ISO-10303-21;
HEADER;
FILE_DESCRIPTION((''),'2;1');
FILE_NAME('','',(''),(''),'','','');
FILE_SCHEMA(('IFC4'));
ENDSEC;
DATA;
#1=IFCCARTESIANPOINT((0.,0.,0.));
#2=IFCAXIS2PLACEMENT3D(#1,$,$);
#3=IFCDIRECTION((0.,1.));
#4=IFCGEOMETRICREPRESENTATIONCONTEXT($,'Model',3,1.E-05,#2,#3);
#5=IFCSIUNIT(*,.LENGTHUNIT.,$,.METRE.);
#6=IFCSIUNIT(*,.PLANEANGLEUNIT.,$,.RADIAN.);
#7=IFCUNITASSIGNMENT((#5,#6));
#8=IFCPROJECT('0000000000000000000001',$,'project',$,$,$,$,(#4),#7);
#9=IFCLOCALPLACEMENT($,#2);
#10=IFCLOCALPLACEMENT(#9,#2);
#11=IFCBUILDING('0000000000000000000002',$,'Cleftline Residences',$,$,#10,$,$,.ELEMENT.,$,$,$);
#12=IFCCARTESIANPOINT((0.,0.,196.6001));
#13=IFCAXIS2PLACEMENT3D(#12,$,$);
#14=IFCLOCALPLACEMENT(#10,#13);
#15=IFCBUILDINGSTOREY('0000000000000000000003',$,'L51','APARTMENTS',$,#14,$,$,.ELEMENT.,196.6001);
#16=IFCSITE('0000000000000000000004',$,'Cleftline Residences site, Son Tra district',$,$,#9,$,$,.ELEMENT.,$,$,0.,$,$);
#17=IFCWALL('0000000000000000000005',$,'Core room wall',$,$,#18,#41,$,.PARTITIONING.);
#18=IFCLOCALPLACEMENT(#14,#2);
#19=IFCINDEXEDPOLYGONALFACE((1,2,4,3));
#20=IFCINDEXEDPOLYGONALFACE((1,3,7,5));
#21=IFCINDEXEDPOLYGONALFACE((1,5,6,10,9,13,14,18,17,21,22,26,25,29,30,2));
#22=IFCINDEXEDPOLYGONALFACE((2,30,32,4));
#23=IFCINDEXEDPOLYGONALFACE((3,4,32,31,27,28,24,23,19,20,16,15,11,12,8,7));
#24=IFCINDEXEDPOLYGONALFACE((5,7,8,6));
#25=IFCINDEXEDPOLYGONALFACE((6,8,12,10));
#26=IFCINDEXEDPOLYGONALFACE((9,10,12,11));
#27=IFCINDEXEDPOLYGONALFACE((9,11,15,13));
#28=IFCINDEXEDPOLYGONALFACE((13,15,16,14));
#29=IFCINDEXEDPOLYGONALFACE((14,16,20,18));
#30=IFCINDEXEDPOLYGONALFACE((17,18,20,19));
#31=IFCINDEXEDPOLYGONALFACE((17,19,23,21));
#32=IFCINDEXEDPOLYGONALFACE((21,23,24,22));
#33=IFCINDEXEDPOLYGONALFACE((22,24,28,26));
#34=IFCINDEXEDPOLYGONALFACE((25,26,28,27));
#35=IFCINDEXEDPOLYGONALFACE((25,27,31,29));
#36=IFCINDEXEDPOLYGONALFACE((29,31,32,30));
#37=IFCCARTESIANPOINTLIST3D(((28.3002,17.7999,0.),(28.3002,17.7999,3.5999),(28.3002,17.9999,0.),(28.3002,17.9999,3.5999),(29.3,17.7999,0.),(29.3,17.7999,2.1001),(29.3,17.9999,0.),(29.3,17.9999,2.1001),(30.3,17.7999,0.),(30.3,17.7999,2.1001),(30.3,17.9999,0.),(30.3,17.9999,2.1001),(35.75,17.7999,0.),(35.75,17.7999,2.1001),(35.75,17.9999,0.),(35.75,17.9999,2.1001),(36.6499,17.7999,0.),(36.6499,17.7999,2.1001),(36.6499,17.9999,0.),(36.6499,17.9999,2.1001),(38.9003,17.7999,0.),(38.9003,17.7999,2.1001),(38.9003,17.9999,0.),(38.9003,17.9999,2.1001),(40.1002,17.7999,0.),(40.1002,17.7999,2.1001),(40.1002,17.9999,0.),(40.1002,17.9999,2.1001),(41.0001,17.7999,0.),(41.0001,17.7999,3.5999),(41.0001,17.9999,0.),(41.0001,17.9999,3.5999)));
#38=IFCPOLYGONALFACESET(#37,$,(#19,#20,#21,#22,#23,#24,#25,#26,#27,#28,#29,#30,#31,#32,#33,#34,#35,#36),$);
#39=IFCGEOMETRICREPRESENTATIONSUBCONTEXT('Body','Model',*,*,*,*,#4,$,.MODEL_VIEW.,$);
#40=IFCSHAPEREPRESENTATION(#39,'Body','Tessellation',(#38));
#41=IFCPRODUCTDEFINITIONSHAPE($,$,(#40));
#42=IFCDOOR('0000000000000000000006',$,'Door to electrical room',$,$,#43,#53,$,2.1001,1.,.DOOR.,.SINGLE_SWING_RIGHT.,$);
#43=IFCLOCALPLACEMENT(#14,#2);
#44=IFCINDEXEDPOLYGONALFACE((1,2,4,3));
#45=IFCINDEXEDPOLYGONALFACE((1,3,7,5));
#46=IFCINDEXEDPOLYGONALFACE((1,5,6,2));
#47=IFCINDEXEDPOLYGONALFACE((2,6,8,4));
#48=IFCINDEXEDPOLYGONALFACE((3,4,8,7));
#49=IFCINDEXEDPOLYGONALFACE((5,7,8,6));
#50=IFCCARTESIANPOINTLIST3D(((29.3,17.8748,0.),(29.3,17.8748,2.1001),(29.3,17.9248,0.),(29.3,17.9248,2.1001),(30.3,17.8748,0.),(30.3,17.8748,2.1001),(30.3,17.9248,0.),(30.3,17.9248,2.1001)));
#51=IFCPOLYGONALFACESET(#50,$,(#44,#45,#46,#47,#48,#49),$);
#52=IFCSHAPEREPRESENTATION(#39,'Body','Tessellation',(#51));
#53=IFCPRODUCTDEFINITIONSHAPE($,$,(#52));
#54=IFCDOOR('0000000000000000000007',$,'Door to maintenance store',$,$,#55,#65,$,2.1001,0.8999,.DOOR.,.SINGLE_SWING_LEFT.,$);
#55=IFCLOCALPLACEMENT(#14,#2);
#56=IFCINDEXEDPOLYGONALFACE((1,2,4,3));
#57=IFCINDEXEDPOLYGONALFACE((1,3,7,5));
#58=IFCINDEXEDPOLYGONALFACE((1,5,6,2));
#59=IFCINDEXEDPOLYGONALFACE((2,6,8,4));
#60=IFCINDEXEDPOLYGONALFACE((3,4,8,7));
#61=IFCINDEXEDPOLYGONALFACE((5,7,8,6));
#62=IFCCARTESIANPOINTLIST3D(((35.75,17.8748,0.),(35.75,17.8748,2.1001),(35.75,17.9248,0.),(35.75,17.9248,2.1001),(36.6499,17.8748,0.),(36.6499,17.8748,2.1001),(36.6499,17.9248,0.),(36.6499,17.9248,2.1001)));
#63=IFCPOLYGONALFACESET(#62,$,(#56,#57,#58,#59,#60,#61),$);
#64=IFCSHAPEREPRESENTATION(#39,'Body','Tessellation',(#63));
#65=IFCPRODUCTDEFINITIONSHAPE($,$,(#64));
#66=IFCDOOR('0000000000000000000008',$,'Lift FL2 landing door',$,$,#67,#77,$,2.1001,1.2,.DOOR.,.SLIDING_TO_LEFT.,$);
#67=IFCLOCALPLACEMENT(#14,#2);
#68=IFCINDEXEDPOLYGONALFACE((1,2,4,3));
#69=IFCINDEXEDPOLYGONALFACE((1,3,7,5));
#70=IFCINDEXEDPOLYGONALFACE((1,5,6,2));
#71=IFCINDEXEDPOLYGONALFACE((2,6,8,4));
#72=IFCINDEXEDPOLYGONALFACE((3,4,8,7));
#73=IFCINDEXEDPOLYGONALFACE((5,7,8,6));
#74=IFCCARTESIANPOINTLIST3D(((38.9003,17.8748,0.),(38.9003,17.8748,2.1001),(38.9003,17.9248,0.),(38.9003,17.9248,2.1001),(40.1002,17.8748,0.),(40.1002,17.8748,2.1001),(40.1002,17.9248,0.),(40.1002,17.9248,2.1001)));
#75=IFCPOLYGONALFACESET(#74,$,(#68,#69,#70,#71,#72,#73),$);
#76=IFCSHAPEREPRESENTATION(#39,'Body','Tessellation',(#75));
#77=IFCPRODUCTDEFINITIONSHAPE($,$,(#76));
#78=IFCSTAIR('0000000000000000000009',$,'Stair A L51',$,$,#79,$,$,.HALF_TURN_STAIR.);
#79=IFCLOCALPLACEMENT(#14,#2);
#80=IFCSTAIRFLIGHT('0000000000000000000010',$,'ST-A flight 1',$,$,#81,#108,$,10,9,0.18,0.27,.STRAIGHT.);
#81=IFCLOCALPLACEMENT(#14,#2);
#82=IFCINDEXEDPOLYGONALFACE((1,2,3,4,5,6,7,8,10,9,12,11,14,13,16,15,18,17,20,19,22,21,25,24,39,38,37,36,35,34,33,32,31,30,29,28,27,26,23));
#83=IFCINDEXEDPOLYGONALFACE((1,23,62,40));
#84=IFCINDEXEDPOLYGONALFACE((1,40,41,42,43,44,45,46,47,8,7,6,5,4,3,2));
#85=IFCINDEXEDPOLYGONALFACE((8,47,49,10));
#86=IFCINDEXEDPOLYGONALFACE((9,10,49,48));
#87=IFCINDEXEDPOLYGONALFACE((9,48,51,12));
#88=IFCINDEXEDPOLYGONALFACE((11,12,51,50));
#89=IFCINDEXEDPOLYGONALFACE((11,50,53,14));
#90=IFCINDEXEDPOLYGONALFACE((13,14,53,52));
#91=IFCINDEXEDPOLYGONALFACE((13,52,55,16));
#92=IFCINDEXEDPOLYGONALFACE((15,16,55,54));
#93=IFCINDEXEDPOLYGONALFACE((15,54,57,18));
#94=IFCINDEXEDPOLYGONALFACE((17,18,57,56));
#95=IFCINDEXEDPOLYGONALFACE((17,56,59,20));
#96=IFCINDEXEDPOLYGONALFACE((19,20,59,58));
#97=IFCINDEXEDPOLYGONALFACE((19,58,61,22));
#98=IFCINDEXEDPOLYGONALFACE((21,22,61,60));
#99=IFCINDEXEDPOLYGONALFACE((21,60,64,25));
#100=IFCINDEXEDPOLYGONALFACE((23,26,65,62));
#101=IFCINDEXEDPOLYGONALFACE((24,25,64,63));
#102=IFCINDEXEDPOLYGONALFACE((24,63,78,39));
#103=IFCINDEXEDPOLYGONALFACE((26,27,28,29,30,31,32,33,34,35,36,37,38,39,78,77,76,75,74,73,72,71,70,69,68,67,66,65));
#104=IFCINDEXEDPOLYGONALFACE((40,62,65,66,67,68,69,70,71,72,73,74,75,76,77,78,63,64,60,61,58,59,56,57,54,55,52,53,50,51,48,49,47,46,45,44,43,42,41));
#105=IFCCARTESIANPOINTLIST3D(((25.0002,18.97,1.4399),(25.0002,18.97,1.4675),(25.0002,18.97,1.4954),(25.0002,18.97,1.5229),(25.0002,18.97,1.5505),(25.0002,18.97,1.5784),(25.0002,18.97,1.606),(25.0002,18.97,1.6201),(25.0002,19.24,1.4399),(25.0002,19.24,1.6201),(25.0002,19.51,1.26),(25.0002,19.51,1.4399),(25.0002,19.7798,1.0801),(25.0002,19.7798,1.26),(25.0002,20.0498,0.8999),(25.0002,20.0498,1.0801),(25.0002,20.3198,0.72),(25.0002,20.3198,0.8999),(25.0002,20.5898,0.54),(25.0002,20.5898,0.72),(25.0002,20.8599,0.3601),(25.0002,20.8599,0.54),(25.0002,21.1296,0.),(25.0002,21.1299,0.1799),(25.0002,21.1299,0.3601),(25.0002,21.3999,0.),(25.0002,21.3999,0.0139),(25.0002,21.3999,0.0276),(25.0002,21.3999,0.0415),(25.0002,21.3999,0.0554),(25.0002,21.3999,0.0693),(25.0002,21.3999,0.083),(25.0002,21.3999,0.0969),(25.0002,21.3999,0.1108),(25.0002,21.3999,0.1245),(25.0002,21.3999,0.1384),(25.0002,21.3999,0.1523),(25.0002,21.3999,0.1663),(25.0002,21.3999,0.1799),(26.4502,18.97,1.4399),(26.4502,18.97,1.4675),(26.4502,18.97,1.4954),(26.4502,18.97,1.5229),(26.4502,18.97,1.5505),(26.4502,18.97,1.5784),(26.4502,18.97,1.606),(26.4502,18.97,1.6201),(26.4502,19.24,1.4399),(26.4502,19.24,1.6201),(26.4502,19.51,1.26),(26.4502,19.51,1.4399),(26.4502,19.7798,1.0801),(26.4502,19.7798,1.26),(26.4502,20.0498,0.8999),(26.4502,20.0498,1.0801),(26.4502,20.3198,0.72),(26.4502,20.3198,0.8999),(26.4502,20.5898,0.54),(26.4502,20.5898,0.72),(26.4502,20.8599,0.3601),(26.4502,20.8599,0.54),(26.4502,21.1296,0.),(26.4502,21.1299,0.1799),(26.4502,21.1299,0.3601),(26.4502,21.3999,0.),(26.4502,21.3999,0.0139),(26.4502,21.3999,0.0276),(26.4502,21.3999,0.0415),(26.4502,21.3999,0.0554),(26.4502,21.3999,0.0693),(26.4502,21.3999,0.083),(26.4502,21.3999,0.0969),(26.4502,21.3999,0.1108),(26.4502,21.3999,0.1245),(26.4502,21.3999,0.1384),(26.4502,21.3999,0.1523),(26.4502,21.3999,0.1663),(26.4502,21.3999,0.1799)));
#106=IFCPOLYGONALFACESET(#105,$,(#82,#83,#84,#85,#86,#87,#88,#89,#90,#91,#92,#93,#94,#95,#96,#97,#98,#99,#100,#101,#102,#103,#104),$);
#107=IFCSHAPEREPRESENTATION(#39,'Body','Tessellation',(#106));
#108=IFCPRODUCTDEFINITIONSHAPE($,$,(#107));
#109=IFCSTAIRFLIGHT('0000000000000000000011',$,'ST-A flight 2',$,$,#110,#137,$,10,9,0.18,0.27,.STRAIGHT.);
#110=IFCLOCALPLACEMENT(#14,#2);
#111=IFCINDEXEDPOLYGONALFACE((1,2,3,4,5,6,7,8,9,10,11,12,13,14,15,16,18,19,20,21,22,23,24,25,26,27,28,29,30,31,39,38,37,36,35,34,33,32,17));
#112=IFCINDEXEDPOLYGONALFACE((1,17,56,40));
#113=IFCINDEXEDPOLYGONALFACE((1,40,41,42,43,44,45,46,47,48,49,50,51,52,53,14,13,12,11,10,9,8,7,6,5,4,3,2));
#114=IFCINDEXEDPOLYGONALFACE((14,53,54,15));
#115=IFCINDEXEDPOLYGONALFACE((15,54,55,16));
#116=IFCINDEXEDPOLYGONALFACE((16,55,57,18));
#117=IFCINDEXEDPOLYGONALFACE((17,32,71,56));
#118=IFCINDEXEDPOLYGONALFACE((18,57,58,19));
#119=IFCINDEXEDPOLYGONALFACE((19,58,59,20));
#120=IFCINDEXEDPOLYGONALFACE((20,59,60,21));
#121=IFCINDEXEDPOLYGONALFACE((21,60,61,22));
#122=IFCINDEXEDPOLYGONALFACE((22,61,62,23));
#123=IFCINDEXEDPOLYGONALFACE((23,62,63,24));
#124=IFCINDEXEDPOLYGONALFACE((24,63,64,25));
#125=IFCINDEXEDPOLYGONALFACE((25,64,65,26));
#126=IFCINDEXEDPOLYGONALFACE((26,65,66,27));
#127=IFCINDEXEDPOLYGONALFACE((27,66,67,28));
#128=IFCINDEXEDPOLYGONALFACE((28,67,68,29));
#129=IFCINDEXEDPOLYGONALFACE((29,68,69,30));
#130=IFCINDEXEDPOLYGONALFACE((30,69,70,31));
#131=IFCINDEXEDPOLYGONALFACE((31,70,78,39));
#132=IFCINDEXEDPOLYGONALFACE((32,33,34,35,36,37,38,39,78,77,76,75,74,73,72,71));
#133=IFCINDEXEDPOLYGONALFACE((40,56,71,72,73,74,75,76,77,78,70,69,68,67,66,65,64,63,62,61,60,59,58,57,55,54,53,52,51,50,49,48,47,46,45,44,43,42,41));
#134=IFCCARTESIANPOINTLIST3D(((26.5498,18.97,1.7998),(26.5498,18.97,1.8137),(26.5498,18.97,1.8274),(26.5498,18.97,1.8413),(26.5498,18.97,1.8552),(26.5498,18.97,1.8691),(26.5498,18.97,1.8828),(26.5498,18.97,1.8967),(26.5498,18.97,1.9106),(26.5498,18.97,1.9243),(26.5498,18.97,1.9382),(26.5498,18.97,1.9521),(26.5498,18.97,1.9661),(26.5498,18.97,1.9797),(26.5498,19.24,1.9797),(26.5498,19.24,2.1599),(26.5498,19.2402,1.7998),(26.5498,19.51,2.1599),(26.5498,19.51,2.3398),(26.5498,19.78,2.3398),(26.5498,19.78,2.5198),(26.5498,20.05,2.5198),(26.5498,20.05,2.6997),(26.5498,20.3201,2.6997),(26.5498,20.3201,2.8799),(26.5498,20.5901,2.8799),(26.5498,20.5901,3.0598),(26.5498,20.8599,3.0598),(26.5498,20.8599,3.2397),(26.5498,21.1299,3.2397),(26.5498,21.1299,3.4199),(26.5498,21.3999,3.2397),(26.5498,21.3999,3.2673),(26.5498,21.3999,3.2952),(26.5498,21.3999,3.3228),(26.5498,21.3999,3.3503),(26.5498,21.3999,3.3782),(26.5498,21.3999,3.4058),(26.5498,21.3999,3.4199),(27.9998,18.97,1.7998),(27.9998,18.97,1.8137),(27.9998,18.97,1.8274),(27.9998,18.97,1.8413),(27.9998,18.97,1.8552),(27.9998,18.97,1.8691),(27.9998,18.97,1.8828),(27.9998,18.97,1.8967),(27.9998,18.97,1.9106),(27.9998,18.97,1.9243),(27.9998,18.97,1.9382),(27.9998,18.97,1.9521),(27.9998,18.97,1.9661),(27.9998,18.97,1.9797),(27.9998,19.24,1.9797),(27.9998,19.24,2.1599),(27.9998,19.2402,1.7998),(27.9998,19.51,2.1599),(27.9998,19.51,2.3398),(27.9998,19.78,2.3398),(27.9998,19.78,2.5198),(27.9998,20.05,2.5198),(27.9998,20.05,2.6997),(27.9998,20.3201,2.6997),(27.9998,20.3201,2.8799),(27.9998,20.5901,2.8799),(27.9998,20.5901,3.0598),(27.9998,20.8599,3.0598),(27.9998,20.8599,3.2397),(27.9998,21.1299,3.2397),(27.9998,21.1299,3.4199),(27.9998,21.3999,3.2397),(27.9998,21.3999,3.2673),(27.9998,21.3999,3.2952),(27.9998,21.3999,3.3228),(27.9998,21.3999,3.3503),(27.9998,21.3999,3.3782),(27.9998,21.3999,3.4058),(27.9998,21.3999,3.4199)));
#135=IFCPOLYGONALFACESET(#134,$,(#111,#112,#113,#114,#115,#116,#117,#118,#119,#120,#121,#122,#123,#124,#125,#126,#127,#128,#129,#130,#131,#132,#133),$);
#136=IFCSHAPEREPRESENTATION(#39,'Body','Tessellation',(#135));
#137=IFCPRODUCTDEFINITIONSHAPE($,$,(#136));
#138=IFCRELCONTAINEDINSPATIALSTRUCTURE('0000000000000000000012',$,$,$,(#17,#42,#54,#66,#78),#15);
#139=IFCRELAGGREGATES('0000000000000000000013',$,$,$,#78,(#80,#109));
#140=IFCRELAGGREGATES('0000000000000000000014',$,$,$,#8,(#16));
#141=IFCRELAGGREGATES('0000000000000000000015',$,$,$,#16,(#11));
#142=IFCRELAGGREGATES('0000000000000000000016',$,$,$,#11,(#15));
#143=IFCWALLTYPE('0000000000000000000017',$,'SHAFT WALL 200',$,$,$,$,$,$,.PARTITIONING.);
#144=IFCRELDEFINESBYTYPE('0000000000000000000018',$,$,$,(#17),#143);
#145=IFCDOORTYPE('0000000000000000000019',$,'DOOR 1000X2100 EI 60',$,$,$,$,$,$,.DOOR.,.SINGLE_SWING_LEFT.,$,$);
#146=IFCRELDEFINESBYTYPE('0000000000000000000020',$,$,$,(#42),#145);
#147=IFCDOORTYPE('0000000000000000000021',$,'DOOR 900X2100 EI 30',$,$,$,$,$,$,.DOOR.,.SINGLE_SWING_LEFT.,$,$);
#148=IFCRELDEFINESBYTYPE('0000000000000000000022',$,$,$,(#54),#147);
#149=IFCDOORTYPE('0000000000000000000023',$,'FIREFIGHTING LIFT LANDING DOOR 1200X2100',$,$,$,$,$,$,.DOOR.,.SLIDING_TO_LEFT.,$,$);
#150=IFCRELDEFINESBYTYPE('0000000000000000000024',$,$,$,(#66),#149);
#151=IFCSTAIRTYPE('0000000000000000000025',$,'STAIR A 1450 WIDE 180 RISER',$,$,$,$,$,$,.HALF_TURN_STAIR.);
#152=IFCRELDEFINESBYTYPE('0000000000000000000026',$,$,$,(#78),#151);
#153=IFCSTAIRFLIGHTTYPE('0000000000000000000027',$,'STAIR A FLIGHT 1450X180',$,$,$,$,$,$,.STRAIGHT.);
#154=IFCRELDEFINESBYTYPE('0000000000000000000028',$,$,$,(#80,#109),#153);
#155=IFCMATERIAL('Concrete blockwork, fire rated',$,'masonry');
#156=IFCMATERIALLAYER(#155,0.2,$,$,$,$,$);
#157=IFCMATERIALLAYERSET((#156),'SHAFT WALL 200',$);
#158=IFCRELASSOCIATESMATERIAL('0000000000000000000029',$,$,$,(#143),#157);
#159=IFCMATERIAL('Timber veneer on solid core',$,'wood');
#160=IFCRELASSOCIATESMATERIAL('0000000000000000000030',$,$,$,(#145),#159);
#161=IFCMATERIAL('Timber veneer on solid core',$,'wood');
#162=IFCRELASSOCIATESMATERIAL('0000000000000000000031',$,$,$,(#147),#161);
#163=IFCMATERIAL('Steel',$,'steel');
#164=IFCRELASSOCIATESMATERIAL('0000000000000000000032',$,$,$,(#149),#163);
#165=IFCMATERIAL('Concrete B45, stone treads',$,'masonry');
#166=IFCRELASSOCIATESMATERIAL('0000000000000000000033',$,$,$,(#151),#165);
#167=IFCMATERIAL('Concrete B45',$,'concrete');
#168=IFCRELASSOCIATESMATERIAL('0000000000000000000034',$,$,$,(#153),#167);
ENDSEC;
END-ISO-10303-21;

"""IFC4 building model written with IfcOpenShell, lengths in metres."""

from ifc_helpers import new_model, si_unit, direction, frame, frame_2d, origin, place, context, subcontext, project, spatial, polyline, rectangle, outline, extrude, material, layer, layer_set, type_object, element, fill, aggregate, save


model = new_model("IFC4")

# Units and contexts
model_context = context("Model", 3, precision=1e-05, world=origin(), true_north=direction((0.0, 1.0)))
body_context = subcontext(model_context, "Body", "Model", "MODEL_VIEW")
ifc_project = project(units=[si_unit("LENGTHUNIT", "METRE"), si_unit("PLANEANGLEUNIT", "RADIAN")], contexts=[model_context])

# Site, building, storey
site_placement = place(None, origin())
site = spatial("IfcSite", under=ifc_project, at=site_placement, Name="Cleftline Residences site, Son Tra district", CompositionType="ELEMENT", RefElevation=0.0)
building_placement = place(site_placement, origin())
building = spatial("IfcBuilding", under=site, at=building_placement, Name="Cleftline Residences", CompositionType="ELEMENT")
storey_placement = place(building_placement, frame((0.0, 0.0, 196.6001)))
storey = spatial("IfcBuildingStorey", under=building, at=storey_placement, Name="L51", Description="APARTMENTS", CompositionType="ELEMENT", Elevation=196.6001)

# Wall, openings, doors
ifc_material_1 = material(Name="Concrete blockwork, fire rated", Category="masonry")
ifc_layer_1 = layer(ifc_material_1, 0.2)
ifc_layer_set_1 = layer_set([ifc_layer_1], Name="SHAFT WALL 200")
wall_type_1 = type_object("IfcWallType", Name="SHAFT WALL 200", PredefinedType="PARTITIONING", material=ifc_layer_set_1)
wall_1_placement = place(storey_placement, frame((28.3, 17.8999, 0.0), z_axis=(0.0, 0.0, 1.0), x_axis=(1.0, 0.0, 0.0)))
wall_1 = element("IfcWall", 1, at=wall_1_placement, inside=storey, type_object=wall_type_1, Name="Core room wall", PredefinedType="PARTITIONING", context=body_context, shape_type="SweptSolid", body=[
    extrude(rectangle(XDim=12.7, YDim=0.2, at=frame_2d((6.3501, 0.0))), origin(), (0.0, 0.0, 1.0), 3.5999),
])
opening_1_placement = place(wall_1_placement, frame((1.0, 0.0, 0.0)))
opening_1 = element("IfcOpeningElement", 2, at=opening_1_placement, cuts=wall_1, PredefinedType="OPENING", context=body_context, shape_type="SweptSolid", body=[
    extrude(rectangle(XDim=1.0, YDim=2.1001, at=frame_2d((0.5, 1.05))), frame((0.0, 0.1099, 0.0), z_axis=(0.0, -1.0, 0.0), x_axis=(1.0, 0.0, 0.0)), (0.0, 0.0, 1.0), 0.22),
])
opening_2_placement = place(wall_1_placement, frame((7.45, 0.0, 0.0)))
opening_2 = element("IfcOpeningElement", 3, at=opening_2_placement, cuts=wall_1, PredefinedType="OPENING", context=body_context, shape_type="SweptSolid", body=[
    extrude(rectangle(XDim=0.8999, YDim=2.1001, at=frame_2d((0.45, 1.05))), frame((0.0, 0.1099, 0.0), z_axis=(0.0, -1.0, 0.0), x_axis=(1.0, 0.0, 0.0)), (0.0, 0.0, 1.0), 0.22),
])
opening_3_placement = place(wall_1_placement, frame((10.6001, 0.0, 0.0)))
opening_3 = element("IfcOpeningElement", 4, at=opening_3_placement, cuts=wall_1, PredefinedType="OPENING", context=body_context, shape_type="SweptSolid", body=[
    extrude(rectangle(XDim=1.2, YDim=2.1001, at=frame_2d((0.6001, 1.05))), frame((0.0, 0.1099, 0.0), z_axis=(0.0, -1.0, 0.0), x_axis=(1.0, 0.0, 0.0)), (0.0, 0.0, 1.0), 0.22),
])
ifc_material_2 = material(Name="Timber veneer on solid core", Category="wood")
door_type_1 = type_object("IfcDoorType", Name="DOOR 1000X2100 EI 60", OperationType="SINGLE_SWING_LEFT", PredefinedType="DOOR", material=ifc_material_2)
door_1_placement = place(opening_1_placement, origin())
door_1 = element("IfcDoor", 5, at=door_1_placement, inside=storey, type_object=door_type_1, Name="Door to electrical room", OperationType="SINGLE_SWING_RIGHT", OverallHeight=2.1001, OverallWidth=1.0, PredefinedType="DOOR", context=body_context, shape_type="SweptSolid", body=[
    extrude(rectangle(XDim=1.0, YDim=2.1001, at=frame_2d((0.5, 1.05))), frame((0.0, 0.0249, 0.0), z_axis=(0.0, -1.0, 0.0), x_axis=(1.0, 0.0, 0.0)), (0.0, 0.0, 1.0), 0.05),
])
fill(opening_1, door_1)
ifc_material_3 = material(Name="Timber veneer on solid core", Category="wood")
door_type_2 = type_object("IfcDoorType", Name="DOOR 900X2100 EI 30", OperationType="SINGLE_SWING_LEFT", PredefinedType="DOOR", material=ifc_material_3)
door_2_placement = place(opening_2_placement, origin())
door_2 = element("IfcDoor", 6, at=door_2_placement, inside=storey, type_object=door_type_2, Name="Door to maintenance store", OperationType="SINGLE_SWING_LEFT", OverallHeight=2.1001, OverallWidth=0.8999, PredefinedType="DOOR", context=body_context, shape_type="SweptSolid", body=[
    extrude(rectangle(XDim=0.8999, YDim=2.1001, at=frame_2d((0.45, 1.05))), frame((0.0, 0.0249, 0.0), z_axis=(0.0, -1.0, 0.0), x_axis=(1.0, 0.0, 0.0)), (0.0, 0.0, 1.0), 0.05),
])
fill(opening_2, door_2)
ifc_material_4 = material(Name="Steel", Category="steel")
door_type_3 = type_object("IfcDoorType", Name="FIREFIGHTING LIFT LANDING DOOR 1200X2100", OperationType="SLIDING_TO_LEFT", PredefinedType="DOOR", material=ifc_material_4)
door_3_placement = place(opening_3_placement, origin())
door_3 = element("IfcDoor", 7, at=door_3_placement, inside=storey, type_object=door_type_3, Name="Lift FL2 landing door", OperationType="SLIDING_TO_LEFT", OverallHeight=2.1001, OverallWidth=1.2, PredefinedType="DOOR", context=body_context, shape_type="SweptSolid", body=[
    extrude(rectangle(XDim=1.2, YDim=2.1001, at=frame_2d((0.6001, 1.05))), frame((0.0, 0.0249, 0.0), z_axis=(0.0, -1.0, 0.0), x_axis=(1.0, 0.0, 0.0)), (0.0, 0.0, 1.0), 0.05),
])
fill(opening_3, door_3)

# Stair, stair flights
ifc_material_5 = material(Name="Concrete B45, stone treads", Category="masonry")
stair_type = type_object("IfcStairType", Name="STAIR A 1450 WIDE 180 RISER", PredefinedType="HALF_TURN_STAIR", material=ifc_material_5)
stair_placement = place(storey_placement, origin())
stair = element("IfcStair", 8, at=stair_placement, inside=storey, type_object=stair_type, Name="Stair A L51", PredefinedType="HALF_TURN_STAIR")
ifc_material_6 = material(Name="Concrete B45", Category="concrete")
stair_flight_type = type_object("IfcStairFlightType", Name="STAIR A FLIGHT 1450X180", PredefinedType="STRAIGHT", material=ifc_material_6)
stair_flight_1_placement = place(storey_placement, frame((25.7251, 21.3999, 0.0), z_axis=(0.0, 0.0, 1.0), x_axis=(0.0, -1.0, 0.0)))
stair_flight_1 = element("IfcStairFlight", 9, at=stair_flight_1_placement, type_object=stair_flight_type, Name="ST-A flight 1", NumberOfRisers=10, NumberOfTreads=9, PredefinedType="STRAIGHT", RiserHeight=0.18, TreadLength=0.27, context=body_context, shape_type="SweptSolid", body=[
    extrude(outline(polyline([(0.0, 0.0), (0.0, 0.0139), (0.0, 0.0276), (0.0, 0.0415), (0.0, 0.0554), (0.0, 0.0693), (0.0, 0.083), (0.0, 0.0969), (0.0, 0.1108), (0.0, 0.1245), (0.0, 0.1384), (0.0, 0.1523), (0.0, 0.1663), (0.0, 0.1799), (0.27, 0.1799), (0.27, 0.3601), (0.54, 0.3601), (0.54, 0.54), (0.8101, 0.54), (0.8101, 0.72), (1.0801, 0.72), (1.0801, 0.8999), (1.3501, 0.8999), (1.3501, 1.0801), (1.6201, 1.0801), (1.6201, 1.26), (1.8899, 1.26), (1.8899, 1.4399), (2.1599, 1.4399), (2.1599, 1.6201), (2.4299, 1.6201), (2.4299, 1.8), (2.4299, 1.7722), (2.4299, 1.7446), (2.4299, 1.7168), (2.4299, 1.6892), (2.4299, 1.6614), (2.4299, 1.6338), (2.4299, 1.606), (2.4299, 1.5784), (2.4299, 1.5505), (2.4299, 1.5229), (2.4299, 1.4954), (2.4299, 1.4675), (2.4299, 1.4399), (0.2703, 0.0), (0.0, 0.0)])), frame((0.0, 0.7251, 0.0), z_axis=(0.0, -1.0, 0.0), x_axis=(1.0, 0.0, 0.0)), (0.0, 0.0, 1.0), 1.45),
])
stair_flight_2_placement = place(storey_placement, frame((27.2749, 18.97, 1.7998), z_axis=(0.0, 0.0, 1.0), x_axis=(0.0, 1.0, 0.0)))
stair_flight_2 = element("IfcStairFlight", 10, at=stair_flight_2_placement, type_object=stair_flight_type, Name="ST-A flight 2", NumberOfRisers=10, NumberOfTreads=9, PredefinedType="STRAIGHT", RiserHeight=0.18, TreadLength=0.27, context=body_context, shape_type="SweptSolid", body=[
    extrude(outline(polyline([(0.0, 0.0), (0.0, 0.0139), (0.0, 0.0276), (0.0, 0.0415), (0.0, 0.0554), (0.0, 0.0693), (0.0, 0.083), (0.0, 0.0969), (0.0, 0.1108), (0.0, 0.1245), (0.0, 0.1384), (0.0, 0.1523), (0.0, 0.1663), (0.0, 0.1799), (0.27, 0.1799), (0.27, 0.3601), (0.54, 0.3601), (0.54, 0.54), (0.8101, 0.54), (0.8101, 0.72), (1.0801, 0.72), (1.0801, 0.8999), (1.3501, 0.8999), (1.3501, 1.0801), (1.6201, 1.0801), (1.6201, 1.26), (1.8899, 1.26), (1.8899, 1.4399), (2.1599, 1.4399), (2.1599, 1.6201), (2.4299, 1.6201), (2.4299, 1.8), (2.4299, 1.7722), (2.4299, 1.7446), (2.4299, 1.7168), (2.4299, 1.6892), (2.4299, 1.6614), (2.4299, 1.6338), (2.4299, 1.606), (2.4299, 1.5784), (2.4299, 1.5505), (2.4299, 1.5229), (2.4299, 1.4954), (2.4299, 1.4675), (2.4299, 1.4399), (0.2703, 0.0), (0.0, 0.0)])), frame((0.0, 0.7251, 0.0), z_axis=(0.0, -1.0, 0.0), x_axis=(1.0, 0.0, 0.0)), (0.0, 0.0, 1.0), 1.45),
])
aggregate(stair, [stair_flight_1, stair_flight_2])

save(model, "model.ifc")
